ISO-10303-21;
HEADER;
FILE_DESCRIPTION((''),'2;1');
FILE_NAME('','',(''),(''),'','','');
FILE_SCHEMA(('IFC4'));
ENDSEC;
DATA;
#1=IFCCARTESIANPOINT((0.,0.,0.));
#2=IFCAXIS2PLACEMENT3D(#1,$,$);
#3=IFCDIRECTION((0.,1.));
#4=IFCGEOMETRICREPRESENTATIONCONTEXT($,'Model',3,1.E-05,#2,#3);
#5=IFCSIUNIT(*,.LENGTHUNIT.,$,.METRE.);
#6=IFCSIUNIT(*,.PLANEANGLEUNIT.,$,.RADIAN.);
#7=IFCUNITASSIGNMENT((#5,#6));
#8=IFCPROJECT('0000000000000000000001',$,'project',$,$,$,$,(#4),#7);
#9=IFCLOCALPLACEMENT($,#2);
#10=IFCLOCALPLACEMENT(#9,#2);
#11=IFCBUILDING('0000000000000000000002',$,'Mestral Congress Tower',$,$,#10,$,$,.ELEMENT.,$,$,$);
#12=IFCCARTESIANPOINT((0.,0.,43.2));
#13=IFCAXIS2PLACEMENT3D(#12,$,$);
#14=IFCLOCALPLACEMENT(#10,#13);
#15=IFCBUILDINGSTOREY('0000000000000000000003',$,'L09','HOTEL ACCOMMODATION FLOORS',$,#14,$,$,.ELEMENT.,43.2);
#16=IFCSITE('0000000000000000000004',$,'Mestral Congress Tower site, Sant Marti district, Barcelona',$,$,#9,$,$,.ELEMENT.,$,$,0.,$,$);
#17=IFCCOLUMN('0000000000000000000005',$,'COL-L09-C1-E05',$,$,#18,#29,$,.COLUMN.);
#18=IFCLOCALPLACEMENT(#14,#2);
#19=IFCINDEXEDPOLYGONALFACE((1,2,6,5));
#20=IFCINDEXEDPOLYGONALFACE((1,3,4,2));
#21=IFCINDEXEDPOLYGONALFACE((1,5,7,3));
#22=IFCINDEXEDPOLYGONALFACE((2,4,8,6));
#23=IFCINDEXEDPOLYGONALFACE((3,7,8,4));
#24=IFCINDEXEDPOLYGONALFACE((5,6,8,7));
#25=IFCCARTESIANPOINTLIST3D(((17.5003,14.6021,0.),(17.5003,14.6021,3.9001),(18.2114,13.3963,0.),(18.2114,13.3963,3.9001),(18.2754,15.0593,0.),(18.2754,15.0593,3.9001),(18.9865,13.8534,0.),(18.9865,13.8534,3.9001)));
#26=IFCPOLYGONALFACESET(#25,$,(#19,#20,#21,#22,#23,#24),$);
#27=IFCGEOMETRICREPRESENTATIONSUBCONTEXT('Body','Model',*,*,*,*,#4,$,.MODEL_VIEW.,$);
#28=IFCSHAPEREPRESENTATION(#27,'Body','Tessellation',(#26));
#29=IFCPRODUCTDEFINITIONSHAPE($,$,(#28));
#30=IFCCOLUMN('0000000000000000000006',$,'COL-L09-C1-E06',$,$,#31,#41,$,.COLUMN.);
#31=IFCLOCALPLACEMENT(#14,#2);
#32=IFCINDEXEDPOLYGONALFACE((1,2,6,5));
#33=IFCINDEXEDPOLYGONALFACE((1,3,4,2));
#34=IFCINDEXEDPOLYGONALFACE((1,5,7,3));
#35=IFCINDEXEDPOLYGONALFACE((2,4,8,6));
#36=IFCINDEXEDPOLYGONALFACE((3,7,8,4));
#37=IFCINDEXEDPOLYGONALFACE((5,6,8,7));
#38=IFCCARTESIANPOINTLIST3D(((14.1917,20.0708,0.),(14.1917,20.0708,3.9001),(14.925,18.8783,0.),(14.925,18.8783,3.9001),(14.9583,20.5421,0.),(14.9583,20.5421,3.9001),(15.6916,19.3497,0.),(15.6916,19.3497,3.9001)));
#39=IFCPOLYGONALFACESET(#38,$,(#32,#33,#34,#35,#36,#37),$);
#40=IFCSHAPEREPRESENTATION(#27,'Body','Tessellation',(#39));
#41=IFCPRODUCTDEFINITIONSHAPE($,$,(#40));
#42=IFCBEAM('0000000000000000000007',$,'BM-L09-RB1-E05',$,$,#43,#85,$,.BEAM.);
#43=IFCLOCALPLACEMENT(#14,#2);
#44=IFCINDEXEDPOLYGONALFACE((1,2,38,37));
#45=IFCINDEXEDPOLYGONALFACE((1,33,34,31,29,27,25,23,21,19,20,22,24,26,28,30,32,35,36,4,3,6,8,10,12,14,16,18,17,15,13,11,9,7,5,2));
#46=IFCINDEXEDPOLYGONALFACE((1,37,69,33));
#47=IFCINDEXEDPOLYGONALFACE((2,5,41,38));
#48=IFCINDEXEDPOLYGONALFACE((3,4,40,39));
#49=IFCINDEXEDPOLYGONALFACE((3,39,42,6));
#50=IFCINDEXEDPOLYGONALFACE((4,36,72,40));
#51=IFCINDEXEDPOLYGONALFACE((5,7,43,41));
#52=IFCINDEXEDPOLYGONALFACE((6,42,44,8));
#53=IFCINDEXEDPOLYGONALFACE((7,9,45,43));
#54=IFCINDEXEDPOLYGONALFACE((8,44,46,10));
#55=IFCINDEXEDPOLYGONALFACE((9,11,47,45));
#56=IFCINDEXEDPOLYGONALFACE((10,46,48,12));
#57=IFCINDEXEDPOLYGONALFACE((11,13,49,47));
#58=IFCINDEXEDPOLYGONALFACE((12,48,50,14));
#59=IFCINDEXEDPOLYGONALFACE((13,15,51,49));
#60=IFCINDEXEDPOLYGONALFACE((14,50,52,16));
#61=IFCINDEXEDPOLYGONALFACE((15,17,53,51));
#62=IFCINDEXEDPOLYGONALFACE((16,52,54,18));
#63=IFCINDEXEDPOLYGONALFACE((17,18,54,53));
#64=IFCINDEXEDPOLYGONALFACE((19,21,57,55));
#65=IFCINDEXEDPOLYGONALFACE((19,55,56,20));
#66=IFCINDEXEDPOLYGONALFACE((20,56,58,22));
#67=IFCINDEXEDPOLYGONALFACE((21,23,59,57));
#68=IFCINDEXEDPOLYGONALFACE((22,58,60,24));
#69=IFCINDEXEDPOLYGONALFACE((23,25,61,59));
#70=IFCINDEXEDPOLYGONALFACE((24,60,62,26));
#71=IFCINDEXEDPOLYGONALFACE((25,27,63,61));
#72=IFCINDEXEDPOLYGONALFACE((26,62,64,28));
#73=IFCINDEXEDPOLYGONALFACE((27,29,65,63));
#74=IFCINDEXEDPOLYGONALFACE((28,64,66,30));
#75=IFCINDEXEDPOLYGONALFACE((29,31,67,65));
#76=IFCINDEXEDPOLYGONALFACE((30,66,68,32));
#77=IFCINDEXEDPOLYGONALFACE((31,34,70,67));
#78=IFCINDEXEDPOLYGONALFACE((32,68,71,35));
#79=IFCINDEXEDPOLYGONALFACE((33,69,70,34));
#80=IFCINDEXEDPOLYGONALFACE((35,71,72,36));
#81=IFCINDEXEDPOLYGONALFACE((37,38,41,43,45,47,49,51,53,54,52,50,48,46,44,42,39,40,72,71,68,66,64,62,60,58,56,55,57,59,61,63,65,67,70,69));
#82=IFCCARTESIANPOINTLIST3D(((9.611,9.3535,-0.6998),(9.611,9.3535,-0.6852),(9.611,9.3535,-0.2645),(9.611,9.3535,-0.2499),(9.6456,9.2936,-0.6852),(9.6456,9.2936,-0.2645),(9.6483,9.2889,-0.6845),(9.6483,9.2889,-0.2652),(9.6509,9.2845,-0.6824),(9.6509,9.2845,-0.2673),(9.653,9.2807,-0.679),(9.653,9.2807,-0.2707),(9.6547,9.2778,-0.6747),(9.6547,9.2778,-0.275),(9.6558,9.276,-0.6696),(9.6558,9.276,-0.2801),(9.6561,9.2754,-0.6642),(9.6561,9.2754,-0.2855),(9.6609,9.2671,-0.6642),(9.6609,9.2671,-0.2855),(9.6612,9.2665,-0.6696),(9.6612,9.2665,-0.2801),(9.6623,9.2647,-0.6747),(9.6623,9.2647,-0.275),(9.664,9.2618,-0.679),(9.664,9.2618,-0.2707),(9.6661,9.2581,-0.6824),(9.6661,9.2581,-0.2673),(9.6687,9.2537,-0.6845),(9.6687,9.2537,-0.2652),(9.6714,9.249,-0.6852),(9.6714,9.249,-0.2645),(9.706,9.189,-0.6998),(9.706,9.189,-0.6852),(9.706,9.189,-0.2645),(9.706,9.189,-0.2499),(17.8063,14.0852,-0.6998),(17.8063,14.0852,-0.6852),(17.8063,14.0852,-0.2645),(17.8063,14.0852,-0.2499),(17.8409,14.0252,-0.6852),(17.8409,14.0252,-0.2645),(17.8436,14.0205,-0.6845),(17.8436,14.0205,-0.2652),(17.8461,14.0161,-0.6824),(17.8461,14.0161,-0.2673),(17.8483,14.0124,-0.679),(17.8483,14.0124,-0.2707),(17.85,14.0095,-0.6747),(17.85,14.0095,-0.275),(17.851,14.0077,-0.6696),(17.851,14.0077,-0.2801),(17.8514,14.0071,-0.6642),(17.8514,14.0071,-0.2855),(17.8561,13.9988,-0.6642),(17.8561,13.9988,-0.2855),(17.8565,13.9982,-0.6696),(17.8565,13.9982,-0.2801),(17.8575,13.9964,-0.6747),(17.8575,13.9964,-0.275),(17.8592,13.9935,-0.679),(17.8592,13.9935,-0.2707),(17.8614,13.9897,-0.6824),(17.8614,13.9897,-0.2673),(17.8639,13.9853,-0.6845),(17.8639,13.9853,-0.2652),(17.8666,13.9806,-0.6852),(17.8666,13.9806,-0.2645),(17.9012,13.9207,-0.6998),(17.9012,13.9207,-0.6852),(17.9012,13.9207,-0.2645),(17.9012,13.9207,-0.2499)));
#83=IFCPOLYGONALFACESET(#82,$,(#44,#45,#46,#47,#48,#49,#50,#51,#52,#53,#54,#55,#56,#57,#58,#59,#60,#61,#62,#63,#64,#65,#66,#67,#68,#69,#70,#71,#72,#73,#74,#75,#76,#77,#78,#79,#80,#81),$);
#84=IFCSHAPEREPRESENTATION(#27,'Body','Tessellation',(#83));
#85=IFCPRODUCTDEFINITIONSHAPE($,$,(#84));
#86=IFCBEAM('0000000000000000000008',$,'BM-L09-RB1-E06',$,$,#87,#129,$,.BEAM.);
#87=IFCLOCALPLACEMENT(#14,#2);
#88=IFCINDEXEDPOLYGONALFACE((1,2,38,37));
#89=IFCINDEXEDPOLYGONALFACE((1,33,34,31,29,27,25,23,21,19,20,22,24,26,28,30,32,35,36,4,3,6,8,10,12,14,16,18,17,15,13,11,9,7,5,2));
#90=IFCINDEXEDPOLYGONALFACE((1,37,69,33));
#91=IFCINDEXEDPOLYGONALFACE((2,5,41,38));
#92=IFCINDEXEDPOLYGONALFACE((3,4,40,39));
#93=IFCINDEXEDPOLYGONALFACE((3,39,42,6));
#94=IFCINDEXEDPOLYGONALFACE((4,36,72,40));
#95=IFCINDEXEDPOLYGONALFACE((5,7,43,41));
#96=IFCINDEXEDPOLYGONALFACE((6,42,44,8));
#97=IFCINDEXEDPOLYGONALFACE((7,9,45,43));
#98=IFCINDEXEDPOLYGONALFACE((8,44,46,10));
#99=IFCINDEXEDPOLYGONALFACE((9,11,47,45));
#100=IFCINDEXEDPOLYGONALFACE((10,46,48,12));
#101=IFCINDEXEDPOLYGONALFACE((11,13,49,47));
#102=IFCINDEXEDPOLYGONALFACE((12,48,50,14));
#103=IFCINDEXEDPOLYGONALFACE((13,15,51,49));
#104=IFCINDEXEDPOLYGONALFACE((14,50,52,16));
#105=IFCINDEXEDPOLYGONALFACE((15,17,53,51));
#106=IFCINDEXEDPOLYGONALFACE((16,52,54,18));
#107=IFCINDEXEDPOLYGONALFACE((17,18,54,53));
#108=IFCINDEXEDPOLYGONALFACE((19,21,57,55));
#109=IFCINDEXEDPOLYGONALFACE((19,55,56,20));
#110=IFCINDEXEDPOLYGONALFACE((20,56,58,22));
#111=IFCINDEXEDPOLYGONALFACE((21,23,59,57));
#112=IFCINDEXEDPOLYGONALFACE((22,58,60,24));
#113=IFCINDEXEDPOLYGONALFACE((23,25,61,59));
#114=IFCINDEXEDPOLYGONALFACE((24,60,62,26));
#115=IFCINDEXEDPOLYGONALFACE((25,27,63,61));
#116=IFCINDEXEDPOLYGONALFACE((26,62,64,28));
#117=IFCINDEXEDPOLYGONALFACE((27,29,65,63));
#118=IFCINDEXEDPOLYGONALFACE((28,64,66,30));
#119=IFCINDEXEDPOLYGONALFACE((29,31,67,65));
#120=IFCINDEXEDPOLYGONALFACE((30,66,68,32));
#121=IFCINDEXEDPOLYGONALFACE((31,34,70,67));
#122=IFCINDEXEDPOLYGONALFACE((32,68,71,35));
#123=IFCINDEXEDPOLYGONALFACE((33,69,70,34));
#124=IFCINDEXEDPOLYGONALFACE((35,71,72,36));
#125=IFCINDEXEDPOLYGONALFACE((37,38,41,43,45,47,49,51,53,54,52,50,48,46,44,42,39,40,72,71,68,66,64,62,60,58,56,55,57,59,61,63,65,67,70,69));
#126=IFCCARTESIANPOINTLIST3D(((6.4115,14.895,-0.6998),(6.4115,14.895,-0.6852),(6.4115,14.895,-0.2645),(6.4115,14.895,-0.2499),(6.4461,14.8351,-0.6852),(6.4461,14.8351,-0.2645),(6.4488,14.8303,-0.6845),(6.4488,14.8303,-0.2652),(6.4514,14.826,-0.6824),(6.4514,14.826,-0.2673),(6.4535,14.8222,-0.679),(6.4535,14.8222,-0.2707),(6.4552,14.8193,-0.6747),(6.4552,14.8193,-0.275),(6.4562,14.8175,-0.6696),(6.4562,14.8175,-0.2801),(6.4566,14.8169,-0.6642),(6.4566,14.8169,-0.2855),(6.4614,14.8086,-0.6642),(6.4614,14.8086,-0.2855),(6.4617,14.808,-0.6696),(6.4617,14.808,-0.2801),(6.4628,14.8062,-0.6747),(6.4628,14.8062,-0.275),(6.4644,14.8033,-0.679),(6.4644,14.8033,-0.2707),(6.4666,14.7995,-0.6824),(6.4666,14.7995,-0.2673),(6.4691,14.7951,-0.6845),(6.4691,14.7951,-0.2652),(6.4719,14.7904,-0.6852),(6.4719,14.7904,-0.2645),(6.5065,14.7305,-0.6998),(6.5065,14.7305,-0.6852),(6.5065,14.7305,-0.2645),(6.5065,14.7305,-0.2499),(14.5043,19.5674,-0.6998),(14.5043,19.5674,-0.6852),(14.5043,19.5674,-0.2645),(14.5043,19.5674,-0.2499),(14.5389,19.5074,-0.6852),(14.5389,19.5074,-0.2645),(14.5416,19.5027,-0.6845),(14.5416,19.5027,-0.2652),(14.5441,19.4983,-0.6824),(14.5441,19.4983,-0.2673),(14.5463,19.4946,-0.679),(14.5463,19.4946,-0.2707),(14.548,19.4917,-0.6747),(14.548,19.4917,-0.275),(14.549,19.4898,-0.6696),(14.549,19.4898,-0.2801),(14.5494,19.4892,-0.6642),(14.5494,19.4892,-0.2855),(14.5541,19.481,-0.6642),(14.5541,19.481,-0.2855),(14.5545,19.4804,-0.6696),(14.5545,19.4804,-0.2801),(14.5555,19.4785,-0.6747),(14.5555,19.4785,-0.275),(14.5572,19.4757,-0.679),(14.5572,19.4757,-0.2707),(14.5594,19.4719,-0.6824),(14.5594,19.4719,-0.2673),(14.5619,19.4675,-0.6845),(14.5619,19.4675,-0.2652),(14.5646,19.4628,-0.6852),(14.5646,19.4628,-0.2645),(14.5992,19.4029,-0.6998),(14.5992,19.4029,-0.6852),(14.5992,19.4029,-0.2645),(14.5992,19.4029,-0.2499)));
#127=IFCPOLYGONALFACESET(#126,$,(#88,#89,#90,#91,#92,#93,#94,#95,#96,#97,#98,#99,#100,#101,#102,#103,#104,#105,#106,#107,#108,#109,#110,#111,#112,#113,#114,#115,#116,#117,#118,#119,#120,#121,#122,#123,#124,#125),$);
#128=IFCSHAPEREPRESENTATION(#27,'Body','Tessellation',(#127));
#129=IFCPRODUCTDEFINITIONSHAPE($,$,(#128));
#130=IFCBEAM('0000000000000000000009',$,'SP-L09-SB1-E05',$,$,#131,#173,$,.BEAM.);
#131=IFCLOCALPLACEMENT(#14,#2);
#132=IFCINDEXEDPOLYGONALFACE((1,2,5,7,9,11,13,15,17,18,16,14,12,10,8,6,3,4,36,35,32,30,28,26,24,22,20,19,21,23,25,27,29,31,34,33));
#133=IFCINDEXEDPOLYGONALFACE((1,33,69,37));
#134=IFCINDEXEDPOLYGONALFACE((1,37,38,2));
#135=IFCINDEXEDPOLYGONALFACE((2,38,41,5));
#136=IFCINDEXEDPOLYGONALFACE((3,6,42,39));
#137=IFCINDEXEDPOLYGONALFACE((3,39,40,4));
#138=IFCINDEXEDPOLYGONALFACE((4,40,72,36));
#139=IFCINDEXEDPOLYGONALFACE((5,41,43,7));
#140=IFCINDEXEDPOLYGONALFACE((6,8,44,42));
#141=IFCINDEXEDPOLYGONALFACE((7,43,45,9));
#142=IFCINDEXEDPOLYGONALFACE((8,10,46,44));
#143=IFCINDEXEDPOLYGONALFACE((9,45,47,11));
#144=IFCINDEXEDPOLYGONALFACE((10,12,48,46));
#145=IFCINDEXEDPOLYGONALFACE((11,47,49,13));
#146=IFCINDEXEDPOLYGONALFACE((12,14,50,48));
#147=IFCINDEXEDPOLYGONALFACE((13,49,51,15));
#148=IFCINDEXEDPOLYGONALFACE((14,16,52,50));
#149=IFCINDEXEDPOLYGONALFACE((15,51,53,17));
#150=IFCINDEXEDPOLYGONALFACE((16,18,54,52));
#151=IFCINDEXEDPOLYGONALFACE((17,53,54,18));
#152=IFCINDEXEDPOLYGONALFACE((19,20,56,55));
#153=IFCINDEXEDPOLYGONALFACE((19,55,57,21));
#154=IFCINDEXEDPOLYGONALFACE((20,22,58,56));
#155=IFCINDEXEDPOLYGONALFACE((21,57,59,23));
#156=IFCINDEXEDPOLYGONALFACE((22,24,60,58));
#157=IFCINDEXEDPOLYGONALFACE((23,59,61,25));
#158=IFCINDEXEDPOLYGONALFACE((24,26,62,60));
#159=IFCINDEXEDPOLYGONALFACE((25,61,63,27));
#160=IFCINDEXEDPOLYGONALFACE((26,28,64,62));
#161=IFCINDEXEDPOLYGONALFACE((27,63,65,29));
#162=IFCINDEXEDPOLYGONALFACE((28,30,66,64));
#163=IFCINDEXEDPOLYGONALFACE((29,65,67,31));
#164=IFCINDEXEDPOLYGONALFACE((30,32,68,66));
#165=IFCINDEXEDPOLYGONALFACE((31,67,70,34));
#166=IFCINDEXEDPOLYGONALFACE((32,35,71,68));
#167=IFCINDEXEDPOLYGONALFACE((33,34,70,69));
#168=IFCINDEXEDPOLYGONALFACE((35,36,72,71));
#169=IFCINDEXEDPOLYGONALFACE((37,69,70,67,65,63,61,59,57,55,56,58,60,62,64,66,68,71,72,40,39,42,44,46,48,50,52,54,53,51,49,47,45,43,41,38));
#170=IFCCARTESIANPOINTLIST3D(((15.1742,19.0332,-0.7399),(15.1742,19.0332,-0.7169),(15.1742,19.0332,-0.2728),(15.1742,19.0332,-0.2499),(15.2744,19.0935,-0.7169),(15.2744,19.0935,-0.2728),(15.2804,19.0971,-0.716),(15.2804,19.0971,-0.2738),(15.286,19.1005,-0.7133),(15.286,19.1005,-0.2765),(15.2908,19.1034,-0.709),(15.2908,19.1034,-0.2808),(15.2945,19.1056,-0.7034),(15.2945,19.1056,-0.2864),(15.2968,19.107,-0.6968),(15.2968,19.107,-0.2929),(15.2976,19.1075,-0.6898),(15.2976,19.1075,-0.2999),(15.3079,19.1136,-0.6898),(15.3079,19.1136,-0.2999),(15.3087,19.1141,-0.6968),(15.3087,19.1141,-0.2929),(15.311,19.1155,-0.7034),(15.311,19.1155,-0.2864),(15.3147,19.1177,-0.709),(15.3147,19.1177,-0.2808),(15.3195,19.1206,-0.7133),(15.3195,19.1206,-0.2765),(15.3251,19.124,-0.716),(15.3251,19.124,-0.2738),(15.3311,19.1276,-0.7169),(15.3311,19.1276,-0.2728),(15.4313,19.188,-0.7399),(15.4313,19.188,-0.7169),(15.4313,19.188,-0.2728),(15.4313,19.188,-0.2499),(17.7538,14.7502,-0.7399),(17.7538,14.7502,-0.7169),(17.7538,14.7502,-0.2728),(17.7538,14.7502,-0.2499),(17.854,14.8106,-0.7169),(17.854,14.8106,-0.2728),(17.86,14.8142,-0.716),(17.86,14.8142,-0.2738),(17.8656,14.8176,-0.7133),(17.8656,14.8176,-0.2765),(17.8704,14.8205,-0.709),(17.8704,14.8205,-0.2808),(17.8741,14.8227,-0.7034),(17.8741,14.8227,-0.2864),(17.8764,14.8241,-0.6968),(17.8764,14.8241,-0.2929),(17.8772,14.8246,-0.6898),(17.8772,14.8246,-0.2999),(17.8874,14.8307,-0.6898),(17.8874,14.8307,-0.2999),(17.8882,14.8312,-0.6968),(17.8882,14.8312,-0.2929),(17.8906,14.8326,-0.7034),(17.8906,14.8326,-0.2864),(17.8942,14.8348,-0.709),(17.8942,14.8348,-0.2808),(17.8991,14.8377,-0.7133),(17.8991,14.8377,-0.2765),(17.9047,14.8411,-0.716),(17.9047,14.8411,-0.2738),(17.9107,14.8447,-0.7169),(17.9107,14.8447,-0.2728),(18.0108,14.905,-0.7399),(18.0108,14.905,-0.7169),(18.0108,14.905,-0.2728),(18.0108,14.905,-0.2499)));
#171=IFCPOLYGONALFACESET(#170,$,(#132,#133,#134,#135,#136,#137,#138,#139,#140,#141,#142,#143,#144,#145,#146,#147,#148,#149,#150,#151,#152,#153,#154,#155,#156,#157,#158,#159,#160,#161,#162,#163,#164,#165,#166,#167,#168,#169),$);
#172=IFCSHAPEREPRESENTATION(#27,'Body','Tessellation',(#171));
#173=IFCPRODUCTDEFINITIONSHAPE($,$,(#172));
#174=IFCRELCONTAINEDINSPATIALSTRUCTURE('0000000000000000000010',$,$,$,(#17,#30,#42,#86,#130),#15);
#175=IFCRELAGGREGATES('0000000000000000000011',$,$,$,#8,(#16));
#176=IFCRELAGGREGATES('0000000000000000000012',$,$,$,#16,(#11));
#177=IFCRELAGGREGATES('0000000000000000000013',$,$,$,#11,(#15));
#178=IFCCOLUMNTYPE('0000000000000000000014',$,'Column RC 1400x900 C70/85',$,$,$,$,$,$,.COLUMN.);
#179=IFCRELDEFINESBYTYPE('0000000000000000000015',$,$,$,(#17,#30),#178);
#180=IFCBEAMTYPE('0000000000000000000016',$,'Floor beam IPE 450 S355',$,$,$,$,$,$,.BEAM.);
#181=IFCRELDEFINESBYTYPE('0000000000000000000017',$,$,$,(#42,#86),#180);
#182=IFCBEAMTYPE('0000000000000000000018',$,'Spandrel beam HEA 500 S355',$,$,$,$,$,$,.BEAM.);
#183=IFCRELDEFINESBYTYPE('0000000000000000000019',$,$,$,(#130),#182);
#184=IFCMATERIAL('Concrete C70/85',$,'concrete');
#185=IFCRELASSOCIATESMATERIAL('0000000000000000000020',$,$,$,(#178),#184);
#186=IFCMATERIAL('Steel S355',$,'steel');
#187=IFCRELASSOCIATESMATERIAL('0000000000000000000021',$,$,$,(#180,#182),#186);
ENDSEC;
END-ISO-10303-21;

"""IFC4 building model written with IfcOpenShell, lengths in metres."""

from ifc_helpers import new_model, si_unit, direction, frame, origin, origin_2d, place, context, subcontext, project, spatial, rectangle, i_section, extrude, material, material_profile, profile_set, type_object, element, save


model = new_model("IFC4")

# Units and contexts
model_context = context("Model", 3, precision=1e-05, world=origin(), true_north=direction((0.0, 1.0)))
body_context = subcontext(model_context, "Body", "Model", "MODEL_VIEW")
ifc_project = project(units=[si_unit("LENGTHUNIT", "METRE"), si_unit("PLANEANGLEUNIT", "RADIAN")], contexts=[model_context])

# Site, building, storey
site_placement = place(None, origin())
site = spatial("IfcSite", under=ifc_project, at=site_placement, Name="Mestral Congress Tower site, Sant Marti district, Barcelona", CompositionType="ELEMENT", RefElevation=0.0)
building_placement = place(site_placement, origin())
building = spatial("IfcBuilding", under=site, at=building_placement, Name="Mestral Congress Tower", CompositionType="ELEMENT")
storey_placement = place(building_placement, frame((0.0, 0.0, 43.2)))
storey = spatial("IfcBuildingStorey", under=building, at=storey_placement, Name="L09", Description="HOTEL ACCOMMODATION FLOORS", CompositionType="ELEMENT", Elevation=43.2)

# Columns
ifc_material_1 = material(Name="Concrete C70/85", Category="concrete")
ifc_material_profile_1 = material_profile(ifc_material_1, rectangle(XDim=1.3999, YDim=0.8999, at=origin_2d()), Name="RC 1400x900")
ifc_profile_set_1 = profile_set([ifc_material_profile_1], Name="Concrete C70/85")
column_type = type_object("IfcColumnType", Name="Column RC 1400x900 C70/85", PredefinedType="COLUMN", material=ifc_profile_set_1)
for number, where, z_axis, x_axis, name in (
    (1, (18.2434, 14.2278, 0.0), (0.0, 0.0, 1.0), (-0.507983, 0.861367, 0.0), "COL-L09-C1-E05"),
    (2, (14.9417, 19.7102, 0.0), (0.0, 0.0, 1.0), (-0.523819, 0.851829, 0.0), "COL-L09-C1-E06"),
):
    element("IfcColumn", number, at=place(storey_placement, frame(where, z_axis=z_axis, x_axis=x_axis)), inside=storey, type_object=column_type, Name=name, PredefinedType="COLUMN", context=body_context, shape_type="SweptSolid", body=[
        extrude(rectangle(XDim=1.3999, YDim=0.8999, at=origin_2d()), origin(), (0.0, 0.0, 1.0), 3.9001),
    ])

# Beams
ifc_material_2 = material(Name="Steel S355", Category="steel")
ifc_material_profile_2 = material_profile(ifc_material_2, i_section(OverallWidth=0.1899, OverallDepth=0.45, WebThickness=0.0095, FlangeThickness=0.0146, FilletRadius=0.021, at=origin_2d()), Name="IPE 450")
ifc_profile_set_2 = profile_set([ifc_material_profile_2], Name="Steel S355")
beam_type_1 = type_object("IfcBeamType", Name="Floor beam IPE 450 S355", PredefinedType="BEAM", material=ifc_profile_set_2)
beam_1_placement = place(storey_placement, frame((17.8538, 14.0029, -0.4749), z_axis=(-0.86602, -0.50001, 0.0), x_axis=(0.50001, -0.86602, 0.0)))
element("IfcBeam", 3, at=beam_1_placement, inside=storey, type_object=beam_type_1, Name="BM-L09-RB1-E05", PredefinedType="BEAM", context=body_context, shape_type="SweptSolid", body=[
    extrude(i_section(OverallWidth=0.1899, OverallDepth=0.45, WebThickness=0.0095, FlangeThickness=0.0146, FilletRadius=0.021, at=origin_2d()), origin(), (0.0, 0.0, 1.0), 9.4631),
])
beam_2_placement = place(storey_placement, frame((14.5518, 19.4851, -0.4749), z_axis=(-0.866025, -0.5, 0.0), x_axis=(0.5, -0.866025, 0.0)))
element("IfcBeam", 4, at=beam_2_placement, inside=storey, type_object=beam_type_1, Name="BM-L09-RB1-E06", PredefinedType="BEAM", context=body_context, shape_type="SweptSolid", body=[
    extrude(i_section(OverallWidth=0.1899, OverallDepth=0.45, WebThickness=0.0095, FlangeThickness=0.0146, FilletRadius=0.021, at=origin_2d()), origin(), (0.0, 0.0, 1.0), 9.3447),
])
ifc_material_profile_3 = material_profile(ifc_material_2, i_section(OverallWidth=0.3, OverallDepth=0.49, WebThickness=0.012, FlangeThickness=0.0229, FilletRadius=0.0271, at=origin_2d()), Name="HEA 500")
ifc_profile_set_3 = profile_set([ifc_material_profile_3], Name="Steel S355")
beam_type_2 = type_object("IfcBeamType", Name="Spandrel beam HEA 500 S355", PredefinedType="BEAM", material=ifc_profile_set_3)
for number, where, z_axis, x_axis, name in (
    (5, (17.8823, 14.8276, -0.4949), (-0.515938, 0.856626, 0.0), (-0.856626, -0.515938, 0.0), "SP-L09-SB1-E05"),
):
    element("IfcBeam", number, at=place(storey_placement, frame(where, z_axis=z_axis, x_axis=x_axis)), inside=storey, type_object=beam_type_2, Name=name, PredefinedType="BEAM", context=body_context, shape_type="SweptSolid", body=[
        extrude(i_section(OverallWidth=0.3, OverallDepth=0.49, WebThickness=0.012, FlangeThickness=0.0229, FilletRadius=0.0271, at=origin_2d()), origin(), (0.0, 0.0, 1.0), 4.9998),
    ])

save(model, "model.ifc")
